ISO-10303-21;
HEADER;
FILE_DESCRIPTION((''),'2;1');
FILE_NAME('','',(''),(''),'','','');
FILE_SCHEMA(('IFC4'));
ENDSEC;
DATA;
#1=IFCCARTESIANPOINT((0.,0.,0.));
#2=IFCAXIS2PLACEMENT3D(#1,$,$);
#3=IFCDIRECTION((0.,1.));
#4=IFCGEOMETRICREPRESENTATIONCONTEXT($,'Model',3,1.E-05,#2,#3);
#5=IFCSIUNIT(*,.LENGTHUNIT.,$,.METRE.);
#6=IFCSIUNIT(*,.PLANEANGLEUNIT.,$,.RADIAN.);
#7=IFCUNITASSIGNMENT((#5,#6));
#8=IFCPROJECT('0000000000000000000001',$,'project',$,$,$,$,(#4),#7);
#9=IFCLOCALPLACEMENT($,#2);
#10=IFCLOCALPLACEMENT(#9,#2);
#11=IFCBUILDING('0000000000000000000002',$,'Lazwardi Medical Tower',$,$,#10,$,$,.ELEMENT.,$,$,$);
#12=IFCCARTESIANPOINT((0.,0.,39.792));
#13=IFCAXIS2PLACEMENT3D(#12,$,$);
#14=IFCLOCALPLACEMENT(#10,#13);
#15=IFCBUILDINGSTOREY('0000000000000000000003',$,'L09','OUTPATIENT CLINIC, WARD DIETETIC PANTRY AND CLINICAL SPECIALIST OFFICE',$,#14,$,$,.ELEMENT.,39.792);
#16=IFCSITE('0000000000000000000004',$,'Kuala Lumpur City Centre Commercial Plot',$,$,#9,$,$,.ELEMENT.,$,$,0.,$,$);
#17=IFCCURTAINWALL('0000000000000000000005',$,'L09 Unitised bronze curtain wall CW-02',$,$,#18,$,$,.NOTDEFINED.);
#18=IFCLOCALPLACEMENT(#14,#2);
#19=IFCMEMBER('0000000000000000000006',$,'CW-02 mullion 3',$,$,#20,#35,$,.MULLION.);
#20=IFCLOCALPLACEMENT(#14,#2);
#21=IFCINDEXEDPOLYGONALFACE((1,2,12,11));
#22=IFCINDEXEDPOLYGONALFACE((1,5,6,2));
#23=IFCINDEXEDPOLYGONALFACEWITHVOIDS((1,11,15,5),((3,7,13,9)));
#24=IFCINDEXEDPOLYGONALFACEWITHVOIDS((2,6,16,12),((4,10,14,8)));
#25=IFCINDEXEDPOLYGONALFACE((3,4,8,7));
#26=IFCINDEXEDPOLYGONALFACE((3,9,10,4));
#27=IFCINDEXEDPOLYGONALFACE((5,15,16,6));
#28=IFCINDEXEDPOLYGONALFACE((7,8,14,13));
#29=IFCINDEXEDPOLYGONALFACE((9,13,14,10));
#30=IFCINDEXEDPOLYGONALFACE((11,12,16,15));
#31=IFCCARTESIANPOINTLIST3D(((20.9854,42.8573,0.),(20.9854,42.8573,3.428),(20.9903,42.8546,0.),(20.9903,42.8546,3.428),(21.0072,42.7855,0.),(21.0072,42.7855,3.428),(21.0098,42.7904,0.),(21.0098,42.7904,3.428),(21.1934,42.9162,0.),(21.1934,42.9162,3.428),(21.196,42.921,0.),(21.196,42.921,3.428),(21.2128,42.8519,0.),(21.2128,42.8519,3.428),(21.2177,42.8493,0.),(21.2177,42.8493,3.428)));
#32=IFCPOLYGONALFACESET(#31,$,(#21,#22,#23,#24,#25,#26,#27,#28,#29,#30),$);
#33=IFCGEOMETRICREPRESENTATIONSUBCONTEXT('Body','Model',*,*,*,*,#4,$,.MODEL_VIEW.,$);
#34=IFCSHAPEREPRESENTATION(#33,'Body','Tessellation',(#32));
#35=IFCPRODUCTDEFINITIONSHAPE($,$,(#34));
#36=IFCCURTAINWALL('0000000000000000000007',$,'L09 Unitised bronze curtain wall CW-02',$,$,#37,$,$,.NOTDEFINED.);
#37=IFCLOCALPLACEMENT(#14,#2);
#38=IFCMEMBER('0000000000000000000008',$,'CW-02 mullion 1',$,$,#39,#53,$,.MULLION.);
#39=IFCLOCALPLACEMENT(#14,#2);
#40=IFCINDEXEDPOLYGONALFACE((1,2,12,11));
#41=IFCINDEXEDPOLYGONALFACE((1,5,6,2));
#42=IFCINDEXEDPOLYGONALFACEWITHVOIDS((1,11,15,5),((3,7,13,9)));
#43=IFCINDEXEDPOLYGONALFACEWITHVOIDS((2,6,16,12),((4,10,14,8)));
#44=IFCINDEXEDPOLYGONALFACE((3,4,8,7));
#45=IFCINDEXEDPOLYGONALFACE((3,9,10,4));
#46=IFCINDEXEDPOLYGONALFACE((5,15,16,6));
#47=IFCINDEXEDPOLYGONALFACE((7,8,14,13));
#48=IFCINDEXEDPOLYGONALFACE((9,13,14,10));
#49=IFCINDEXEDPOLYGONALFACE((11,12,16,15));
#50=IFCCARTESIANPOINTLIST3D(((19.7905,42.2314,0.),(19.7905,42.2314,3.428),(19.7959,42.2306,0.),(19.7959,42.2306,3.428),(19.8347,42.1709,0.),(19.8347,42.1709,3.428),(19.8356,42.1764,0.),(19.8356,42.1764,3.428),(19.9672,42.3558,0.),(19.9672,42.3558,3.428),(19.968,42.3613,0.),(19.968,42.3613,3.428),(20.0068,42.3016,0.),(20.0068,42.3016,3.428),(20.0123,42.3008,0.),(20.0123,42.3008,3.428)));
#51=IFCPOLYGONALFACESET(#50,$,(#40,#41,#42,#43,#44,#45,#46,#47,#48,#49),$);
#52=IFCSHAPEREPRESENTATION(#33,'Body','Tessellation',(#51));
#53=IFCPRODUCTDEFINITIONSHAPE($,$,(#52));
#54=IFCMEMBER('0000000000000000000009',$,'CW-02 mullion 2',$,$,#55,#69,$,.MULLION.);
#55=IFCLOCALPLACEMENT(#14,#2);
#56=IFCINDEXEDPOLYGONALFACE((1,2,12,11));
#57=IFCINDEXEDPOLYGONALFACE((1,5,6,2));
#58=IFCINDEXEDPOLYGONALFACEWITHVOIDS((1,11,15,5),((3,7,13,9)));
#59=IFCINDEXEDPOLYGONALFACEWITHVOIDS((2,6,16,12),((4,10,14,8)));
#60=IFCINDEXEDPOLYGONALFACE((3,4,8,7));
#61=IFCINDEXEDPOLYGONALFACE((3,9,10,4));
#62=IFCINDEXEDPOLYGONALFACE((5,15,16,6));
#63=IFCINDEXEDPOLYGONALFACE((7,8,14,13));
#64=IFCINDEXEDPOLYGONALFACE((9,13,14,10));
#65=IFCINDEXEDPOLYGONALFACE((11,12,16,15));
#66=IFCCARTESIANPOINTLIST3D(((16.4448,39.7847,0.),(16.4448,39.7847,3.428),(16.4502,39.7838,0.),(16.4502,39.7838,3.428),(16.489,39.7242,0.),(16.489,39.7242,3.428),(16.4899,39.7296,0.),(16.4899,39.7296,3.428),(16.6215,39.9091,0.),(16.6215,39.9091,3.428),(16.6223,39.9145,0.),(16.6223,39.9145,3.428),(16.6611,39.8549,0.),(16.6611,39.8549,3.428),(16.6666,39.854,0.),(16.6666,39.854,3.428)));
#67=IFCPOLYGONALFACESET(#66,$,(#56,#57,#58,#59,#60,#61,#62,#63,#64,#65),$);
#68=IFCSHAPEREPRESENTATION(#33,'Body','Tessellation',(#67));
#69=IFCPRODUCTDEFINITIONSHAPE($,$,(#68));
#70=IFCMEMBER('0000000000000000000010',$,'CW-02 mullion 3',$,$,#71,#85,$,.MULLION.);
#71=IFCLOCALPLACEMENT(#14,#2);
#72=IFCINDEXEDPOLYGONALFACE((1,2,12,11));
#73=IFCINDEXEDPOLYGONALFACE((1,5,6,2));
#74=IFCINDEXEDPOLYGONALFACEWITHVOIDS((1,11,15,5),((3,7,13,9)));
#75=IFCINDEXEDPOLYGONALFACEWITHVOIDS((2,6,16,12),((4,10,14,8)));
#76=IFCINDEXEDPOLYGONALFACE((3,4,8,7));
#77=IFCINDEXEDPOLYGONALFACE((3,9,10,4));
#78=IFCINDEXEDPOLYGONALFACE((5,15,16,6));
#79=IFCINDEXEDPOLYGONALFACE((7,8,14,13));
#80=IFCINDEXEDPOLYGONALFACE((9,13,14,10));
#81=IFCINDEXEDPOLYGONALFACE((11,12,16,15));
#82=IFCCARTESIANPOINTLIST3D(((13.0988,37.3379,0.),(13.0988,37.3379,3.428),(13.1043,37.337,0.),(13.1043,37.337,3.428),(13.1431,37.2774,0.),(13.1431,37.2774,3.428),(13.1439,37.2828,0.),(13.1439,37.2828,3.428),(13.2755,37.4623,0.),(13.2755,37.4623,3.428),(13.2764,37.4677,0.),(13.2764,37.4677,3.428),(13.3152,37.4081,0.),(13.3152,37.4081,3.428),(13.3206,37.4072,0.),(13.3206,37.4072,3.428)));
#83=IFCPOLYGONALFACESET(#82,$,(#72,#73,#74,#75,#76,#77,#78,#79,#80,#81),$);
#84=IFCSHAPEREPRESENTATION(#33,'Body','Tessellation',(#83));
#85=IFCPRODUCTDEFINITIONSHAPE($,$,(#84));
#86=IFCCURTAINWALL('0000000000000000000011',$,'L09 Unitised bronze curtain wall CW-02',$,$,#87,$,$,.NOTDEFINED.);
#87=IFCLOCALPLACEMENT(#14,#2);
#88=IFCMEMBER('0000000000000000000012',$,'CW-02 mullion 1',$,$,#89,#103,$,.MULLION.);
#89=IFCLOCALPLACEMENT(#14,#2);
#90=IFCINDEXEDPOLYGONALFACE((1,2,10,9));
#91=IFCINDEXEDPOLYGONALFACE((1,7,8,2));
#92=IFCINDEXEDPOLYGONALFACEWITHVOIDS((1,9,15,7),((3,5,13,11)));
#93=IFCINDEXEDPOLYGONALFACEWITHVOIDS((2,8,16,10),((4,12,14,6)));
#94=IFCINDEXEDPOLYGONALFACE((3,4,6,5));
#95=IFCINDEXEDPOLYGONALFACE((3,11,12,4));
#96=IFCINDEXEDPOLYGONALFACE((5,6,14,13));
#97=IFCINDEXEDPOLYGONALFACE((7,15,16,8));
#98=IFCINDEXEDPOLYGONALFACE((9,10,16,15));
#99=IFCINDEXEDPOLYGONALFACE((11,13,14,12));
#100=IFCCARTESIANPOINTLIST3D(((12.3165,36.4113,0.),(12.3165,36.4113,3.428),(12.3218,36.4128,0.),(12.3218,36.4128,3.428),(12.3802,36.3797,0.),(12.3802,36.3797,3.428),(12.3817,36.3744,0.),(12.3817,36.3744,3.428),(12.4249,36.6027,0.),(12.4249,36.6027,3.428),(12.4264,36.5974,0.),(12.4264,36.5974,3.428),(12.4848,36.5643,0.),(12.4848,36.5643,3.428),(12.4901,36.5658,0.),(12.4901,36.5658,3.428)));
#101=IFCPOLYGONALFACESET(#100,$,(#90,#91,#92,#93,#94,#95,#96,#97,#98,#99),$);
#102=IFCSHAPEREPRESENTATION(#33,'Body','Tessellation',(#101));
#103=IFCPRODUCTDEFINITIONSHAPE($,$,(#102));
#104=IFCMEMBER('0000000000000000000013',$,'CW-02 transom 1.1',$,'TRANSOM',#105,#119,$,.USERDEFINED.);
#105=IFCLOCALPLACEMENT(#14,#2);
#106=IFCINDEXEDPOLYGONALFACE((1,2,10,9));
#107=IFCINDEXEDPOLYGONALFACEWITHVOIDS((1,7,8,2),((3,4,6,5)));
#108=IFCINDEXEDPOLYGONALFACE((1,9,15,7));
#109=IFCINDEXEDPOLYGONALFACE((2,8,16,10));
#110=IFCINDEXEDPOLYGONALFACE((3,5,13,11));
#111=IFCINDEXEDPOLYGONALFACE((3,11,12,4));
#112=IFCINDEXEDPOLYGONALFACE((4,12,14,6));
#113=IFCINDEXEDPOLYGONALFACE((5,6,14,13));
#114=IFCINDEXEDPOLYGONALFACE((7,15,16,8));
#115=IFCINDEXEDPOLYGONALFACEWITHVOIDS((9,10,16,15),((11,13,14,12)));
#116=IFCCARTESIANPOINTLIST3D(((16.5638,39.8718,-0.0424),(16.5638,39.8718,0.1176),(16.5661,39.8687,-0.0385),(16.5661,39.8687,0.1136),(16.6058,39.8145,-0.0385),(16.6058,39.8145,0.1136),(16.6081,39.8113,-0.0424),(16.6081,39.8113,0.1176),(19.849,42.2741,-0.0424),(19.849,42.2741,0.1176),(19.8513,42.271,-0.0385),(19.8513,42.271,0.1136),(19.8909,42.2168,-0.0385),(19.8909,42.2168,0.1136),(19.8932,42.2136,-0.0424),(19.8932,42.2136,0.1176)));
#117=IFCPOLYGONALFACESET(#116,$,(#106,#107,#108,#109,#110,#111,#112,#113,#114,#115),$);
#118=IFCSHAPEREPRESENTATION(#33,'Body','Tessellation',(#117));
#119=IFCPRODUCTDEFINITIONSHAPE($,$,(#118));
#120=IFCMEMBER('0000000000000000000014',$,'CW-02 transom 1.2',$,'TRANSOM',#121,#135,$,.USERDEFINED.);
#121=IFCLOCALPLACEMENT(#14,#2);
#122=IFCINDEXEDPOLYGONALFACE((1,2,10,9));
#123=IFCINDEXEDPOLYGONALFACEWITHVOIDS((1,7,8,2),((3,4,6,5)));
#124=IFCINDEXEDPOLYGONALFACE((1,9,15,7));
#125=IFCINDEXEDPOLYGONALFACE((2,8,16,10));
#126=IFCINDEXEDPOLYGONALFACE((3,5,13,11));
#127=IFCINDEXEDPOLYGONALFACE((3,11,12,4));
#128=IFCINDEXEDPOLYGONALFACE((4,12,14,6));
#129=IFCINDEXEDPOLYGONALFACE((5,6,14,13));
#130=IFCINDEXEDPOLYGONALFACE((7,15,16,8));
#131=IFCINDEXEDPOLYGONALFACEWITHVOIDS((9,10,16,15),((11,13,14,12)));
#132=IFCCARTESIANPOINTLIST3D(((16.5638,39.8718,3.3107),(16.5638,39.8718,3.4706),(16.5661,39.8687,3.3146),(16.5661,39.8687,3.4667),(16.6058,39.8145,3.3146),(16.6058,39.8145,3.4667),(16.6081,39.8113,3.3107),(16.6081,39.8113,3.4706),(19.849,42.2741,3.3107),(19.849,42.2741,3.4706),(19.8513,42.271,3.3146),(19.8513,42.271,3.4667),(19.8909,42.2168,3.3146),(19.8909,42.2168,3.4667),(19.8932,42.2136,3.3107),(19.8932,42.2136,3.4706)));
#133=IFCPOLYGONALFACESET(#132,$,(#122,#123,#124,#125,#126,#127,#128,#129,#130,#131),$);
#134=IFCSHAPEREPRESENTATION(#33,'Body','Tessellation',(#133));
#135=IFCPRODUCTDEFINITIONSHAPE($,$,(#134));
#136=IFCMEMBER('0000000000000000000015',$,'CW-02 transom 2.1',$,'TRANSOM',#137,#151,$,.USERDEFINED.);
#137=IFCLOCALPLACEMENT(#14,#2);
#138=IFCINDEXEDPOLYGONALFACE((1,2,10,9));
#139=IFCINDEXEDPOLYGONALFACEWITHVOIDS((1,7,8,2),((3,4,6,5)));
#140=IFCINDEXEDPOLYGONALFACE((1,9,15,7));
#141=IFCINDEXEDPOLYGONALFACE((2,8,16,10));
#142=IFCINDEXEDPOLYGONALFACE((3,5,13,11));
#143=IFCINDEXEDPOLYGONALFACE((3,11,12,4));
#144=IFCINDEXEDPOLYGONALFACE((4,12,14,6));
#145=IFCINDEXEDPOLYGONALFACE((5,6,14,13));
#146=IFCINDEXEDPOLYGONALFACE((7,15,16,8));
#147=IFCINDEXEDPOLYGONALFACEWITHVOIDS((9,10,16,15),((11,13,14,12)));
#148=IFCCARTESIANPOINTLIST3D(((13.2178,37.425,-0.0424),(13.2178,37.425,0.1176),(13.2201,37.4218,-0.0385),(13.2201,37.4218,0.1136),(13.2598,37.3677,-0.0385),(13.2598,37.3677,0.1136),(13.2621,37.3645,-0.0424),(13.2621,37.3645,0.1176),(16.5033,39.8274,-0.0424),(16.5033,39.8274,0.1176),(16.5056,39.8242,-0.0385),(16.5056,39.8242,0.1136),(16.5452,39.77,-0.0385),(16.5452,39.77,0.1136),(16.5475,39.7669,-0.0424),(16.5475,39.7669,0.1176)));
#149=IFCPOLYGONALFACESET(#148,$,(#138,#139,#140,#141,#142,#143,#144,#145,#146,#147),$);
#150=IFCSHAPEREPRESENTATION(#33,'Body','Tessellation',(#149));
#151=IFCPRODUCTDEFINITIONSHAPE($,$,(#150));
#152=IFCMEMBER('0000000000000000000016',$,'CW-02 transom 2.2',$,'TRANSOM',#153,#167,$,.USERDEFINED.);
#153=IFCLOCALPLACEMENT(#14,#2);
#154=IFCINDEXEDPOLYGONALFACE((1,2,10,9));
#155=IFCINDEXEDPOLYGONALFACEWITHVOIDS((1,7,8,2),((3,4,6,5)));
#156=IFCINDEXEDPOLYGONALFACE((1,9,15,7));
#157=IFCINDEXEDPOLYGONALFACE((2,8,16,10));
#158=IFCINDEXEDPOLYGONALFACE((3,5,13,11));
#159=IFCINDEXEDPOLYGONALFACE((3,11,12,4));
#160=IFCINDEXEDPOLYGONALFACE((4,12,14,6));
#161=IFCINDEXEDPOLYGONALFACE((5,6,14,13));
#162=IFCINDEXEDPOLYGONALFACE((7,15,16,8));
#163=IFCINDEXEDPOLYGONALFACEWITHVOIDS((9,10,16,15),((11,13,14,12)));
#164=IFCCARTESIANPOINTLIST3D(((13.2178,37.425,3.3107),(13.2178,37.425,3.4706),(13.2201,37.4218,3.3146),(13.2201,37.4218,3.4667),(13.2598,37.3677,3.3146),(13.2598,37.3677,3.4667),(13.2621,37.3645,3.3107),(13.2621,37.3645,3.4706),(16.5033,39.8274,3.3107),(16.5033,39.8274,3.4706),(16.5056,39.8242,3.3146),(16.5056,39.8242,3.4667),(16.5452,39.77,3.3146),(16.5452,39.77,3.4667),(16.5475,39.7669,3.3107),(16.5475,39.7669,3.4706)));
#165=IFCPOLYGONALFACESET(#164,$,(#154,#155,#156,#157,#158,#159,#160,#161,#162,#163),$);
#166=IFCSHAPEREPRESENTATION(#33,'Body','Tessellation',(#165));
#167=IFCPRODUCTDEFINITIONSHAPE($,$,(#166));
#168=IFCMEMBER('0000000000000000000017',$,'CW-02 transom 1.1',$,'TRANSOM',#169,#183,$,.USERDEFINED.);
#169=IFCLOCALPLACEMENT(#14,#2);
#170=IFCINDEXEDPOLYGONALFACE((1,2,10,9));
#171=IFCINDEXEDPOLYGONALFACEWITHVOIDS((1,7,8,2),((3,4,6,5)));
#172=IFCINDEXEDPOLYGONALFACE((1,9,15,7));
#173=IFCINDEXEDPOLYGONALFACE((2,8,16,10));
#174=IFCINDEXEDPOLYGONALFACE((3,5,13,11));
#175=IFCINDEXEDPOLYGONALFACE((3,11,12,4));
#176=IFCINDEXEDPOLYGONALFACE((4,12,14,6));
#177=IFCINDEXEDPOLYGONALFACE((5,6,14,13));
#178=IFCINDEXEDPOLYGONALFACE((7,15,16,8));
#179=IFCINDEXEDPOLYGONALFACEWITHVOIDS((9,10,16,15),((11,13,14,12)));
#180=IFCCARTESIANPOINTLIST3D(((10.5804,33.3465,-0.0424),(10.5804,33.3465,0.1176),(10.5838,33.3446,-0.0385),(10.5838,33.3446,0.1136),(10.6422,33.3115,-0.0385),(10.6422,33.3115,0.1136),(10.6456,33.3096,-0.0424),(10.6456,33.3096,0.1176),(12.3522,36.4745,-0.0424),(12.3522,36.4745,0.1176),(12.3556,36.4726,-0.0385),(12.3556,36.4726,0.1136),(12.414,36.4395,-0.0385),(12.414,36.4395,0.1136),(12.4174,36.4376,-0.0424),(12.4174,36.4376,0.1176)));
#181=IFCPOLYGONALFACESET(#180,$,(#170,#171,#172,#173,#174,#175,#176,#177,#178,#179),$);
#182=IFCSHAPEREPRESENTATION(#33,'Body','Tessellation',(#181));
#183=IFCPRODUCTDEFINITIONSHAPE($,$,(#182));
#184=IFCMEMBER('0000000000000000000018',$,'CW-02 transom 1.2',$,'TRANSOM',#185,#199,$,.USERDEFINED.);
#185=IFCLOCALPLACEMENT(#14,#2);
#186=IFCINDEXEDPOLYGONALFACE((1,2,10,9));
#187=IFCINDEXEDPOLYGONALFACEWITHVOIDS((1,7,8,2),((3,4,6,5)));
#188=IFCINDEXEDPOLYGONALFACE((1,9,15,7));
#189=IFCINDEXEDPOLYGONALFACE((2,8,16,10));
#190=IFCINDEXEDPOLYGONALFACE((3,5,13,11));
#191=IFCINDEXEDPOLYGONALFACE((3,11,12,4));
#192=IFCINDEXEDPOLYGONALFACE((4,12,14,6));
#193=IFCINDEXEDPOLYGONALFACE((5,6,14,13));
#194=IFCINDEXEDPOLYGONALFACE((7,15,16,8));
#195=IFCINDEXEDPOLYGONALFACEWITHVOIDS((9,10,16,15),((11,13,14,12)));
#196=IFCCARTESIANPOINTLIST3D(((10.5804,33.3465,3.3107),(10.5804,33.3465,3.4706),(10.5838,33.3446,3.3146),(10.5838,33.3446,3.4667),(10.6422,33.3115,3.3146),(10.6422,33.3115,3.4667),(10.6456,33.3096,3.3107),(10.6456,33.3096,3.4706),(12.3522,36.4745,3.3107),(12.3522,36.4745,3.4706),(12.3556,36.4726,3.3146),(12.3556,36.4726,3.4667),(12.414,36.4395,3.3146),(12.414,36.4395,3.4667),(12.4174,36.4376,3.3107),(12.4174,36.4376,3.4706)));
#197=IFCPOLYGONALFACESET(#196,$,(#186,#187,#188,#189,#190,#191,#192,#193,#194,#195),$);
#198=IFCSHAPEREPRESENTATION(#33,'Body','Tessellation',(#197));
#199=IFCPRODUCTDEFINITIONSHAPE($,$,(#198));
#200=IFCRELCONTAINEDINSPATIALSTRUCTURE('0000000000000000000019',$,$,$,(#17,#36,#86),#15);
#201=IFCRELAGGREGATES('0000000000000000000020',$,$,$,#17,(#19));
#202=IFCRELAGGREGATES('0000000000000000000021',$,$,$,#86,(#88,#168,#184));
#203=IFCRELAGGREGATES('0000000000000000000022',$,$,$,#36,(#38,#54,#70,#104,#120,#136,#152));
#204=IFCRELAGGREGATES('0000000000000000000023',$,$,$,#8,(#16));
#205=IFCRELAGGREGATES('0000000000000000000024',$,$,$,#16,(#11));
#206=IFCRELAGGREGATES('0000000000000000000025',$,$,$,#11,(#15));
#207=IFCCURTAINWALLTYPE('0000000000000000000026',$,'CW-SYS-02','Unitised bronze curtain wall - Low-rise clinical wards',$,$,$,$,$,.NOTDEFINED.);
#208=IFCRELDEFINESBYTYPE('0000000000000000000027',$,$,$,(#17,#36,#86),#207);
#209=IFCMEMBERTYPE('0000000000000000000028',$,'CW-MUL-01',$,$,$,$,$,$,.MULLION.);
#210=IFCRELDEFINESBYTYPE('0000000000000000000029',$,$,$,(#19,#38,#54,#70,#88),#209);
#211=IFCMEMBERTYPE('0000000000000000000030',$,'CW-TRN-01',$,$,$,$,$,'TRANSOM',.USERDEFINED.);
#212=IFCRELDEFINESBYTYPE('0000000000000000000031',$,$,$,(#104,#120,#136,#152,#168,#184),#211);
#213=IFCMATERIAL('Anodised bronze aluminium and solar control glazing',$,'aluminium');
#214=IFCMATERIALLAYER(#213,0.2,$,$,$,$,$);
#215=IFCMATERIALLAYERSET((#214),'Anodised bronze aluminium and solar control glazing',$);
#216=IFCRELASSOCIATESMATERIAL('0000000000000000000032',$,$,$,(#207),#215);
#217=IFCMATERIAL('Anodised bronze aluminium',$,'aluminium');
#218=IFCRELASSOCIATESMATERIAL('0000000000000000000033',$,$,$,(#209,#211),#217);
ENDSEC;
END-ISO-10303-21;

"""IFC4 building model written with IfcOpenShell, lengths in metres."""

from ifc_helpers import new_model, si_unit, direction, frame, origin, origin_2d, place, context, subcontext, project, spatial, hollow_rectangle, extrude, material, layer, layer_set, material_profile, profile_set, type_object, element, aggregate, save


model = new_model("IFC4")

# Units and contexts
model_context = context("Model", 3, precision=1e-05, world=origin(), true_north=direction((0.0, 1.0)))
body_context = subcontext(model_context, "Body", "Model", "MODEL_VIEW")
ifc_project = project(units=[si_unit("LENGTHUNIT", "METRE"), si_unit("PLANEANGLEUNIT", "RADIAN")], contexts=[model_context])

# Site, building, storey
site_placement = place(None, origin())
site = spatial("IfcSite", under=ifc_project, at=site_placement, Name="Kuala Lumpur City Centre Commercial Plot", CompositionType="ELEMENT", RefElevation=0.0)
building_placement = place(site_placement, origin())
building = spatial("IfcBuilding", under=site, at=building_placement, Name="Lazwardi Medical Tower", CompositionType="ELEMENT")
storey_placement = place(building_placement, frame((0.0, 0.0, 39.792)))
storey = spatial("IfcBuildingStorey", under=building, at=storey_placement, Name="L09", Description="OUTPATIENT CLINIC, WARD DIETETIC PANTRY AND CLINICAL SPECIALIST OFFICE", CompositionType="ELEMENT", Elevation=39.792)

# Curtain wall, member
ifc_material_1 = material(Name="Anodised bronze aluminium and solar control glazing", Category="aluminium")
ifc_layer_1 = layer(ifc_material_1, 0.2)
ifc_layer_set_1 = layer_set([ifc_layer_1], Name="Anodised bronze aluminium and solar control glazing")
curtain_wall_type = type_object("IfcCurtainWallType", Name="CW-SYS-02", Description="Unitised bronze curtain wall - Low-rise clinical wards", PredefinedType="NOTDEFINED", material=ifc_layer_set_1)
curtain_wall_1_placement = place(storey_placement, origin())
curtain_wall_1 = element("IfcCurtainWall", 1, at=curtain_wall_1_placement, inside=storey, type_object=curtain_wall_type, Name="L09 Unitised bronze curtain wall CW-02", PredefinedType="NOTDEFINED")
ifc_material_2 = material(Name="Anodised bronze aluminium", Category="aluminium")
ifc_material_profile_1 = material_profile(ifc_material_2, hollow_rectangle(XDim=0.075, YDim=0.22, WallThickness=0.0039, at=origin_2d()), Name="ALU-MULLION 220x75x4")
ifc_profile_set_1 = profile_set([ifc_material_profile_1], Name="Anodised bronze aluminium")
member_type_1 = type_object("IfcMemberType", Name="CW-MUL-01", PredefinedType="MULLION", material=ifc_profile_set_1)
member_1_placement = place(storey_placement, frame((21.1016, 42.8533, 0.0), z_axis=(0.0, 0.0, 1.0), x_axis=(0.289896, -0.957058, 0.0)))
member_1 = element("IfcMember", 2, at=member_1_placement, type_object=member_type_1, Name="CW-02 mullion 3", PredefinedType="MULLION", context=body_context, shape_type="SweptSolid", body=[
    extrude(hollow_rectangle(XDim=0.075, YDim=0.22, WallThickness=0.0039, at=origin_2d()), origin(), (0.0, 0.0, 1.0), 3.428),
])
aggregate(curtain_wall_1, [member_1])

# Curtain wall, members
curtain_wall_2_placement = place(storey_placement, origin())
curtain_wall_2 = element("IfcCurtainWall", 3, at=curtain_wall_2_placement, inside=storey, type_object=curtain_wall_type, Name="L09 Unitised bronze curtain wall CW-02", PredefinedType="NOTDEFINED")
member_2_placement = place(storey_placement, frame((19.9014, 42.2661, 0.0), z_axis=(0.0, 0.0, 1.0), x_axis=(0.590289, -0.807192, 0.0)))
member_2 = element("IfcMember", 4, at=member_2_placement, type_object=member_type_1, Name="CW-02 mullion 1", PredefinedType="MULLION", context=body_context, shape_type="SweptSolid", body=[
    extrude(hollow_rectangle(XDim=0.075, YDim=0.22, WallThickness=0.0039, at=origin_2d()), origin(), (0.0, 0.0, 1.0), 3.428),
])
member_3_placement = place(storey_placement, frame((16.5557, 39.8193, 0.0), z_axis=(0.0, 0.0, 1.0), x_axis=(0.590289, -0.807192, 0.0)))
member_3 = element("IfcMember", 5, at=member_3_placement, type_object=member_type_1, Name="CW-02 mullion 2", PredefinedType="MULLION", context=body_context, shape_type="SweptSolid", body=[
    extrude(hollow_rectangle(XDim=0.075, YDim=0.22, WallThickness=0.0039, at=origin_2d()), origin(), (0.0, 0.0, 1.0), 3.428),
])
member_4_placement = place(storey_placement, frame((13.2097, 37.3726, 0.0), z_axis=(0.0, 0.0, 1.0), x_axis=(0.590289, -0.807192, 0.0)))
member_4 = element("IfcMember", 6, at=member_4_placement, type_object=member_type_1, Name="CW-02 mullion 3", PredefinedType="MULLION", context=body_context, shape_type="SweptSolid", body=[
    extrude(hollow_rectangle(XDim=0.075, YDim=0.22, WallThickness=0.0039, at=origin_2d()), origin(), (0.0, 0.0, 1.0), 3.428),
])

# Curtain wall, member
curtain_wall_3_placement = place(storey_placement, origin())
curtain_wall_3 = element("IfcCurtainWall", 7, at=curtain_wall_3_placement, inside=storey, type_object=curtain_wall_type, Name="L09 Unitised bronze curtain wall CW-02", PredefinedType="NOTDEFINED")
member_5_placement = place(storey_placement, frame((12.4033, 36.4885, 0.0), z_axis=(0.0, 0.0, 1.0), x_axis=(0.870112, -0.492854, 0.0)))
member_5 = element("IfcMember", 8, at=member_5_placement, type_object=member_type_1, Name="CW-02 mullion 1", PredefinedType="MULLION", context=body_context, shape_type="SweptSolid", body=[
    extrude(hollow_rectangle(XDim=0.075, YDim=0.22, WallThickness=0.0039, at=origin_2d()), origin(), (0.0, 0.0, 1.0), 3.428),
])

# Members
ifc_material_profile_2 = material_profile(ifc_material_2, hollow_rectangle(XDim=0.075, YDim=0.1599, WallThickness=0.0039, at=origin_2d()), Name="ALU-TRANSOM 160x75x4")
ifc_profile_set_2 = profile_set([ifc_material_profile_2], Name="Anodised bronze aluminium")
member_type_2 = type_object("IfcMemberType", Name="CW-TRN-01", ElementType="TRANSOM", PredefinedType="USERDEFINED", material=ifc_profile_set_2)
member_6_placement = place(storey_placement, frame((19.8711, 42.2439, 0.0376), z_axis=(-0.807198, -0.590281, 0.0), x_axis=(0.590281, -0.807198, 0.0)))
member_6 = element("IfcMember", 9, at=member_6_placement, type_object=member_type_2, Name="CW-02 transom 1.1", ObjectType="TRANSOM", PredefinedType="USERDEFINED", context=body_context, shape_type="SweptSolid", body=[
    extrude(hollow_rectangle(XDim=0.075, YDim=0.1599, WallThickness=0.0039, at=origin_2d()), origin(), (0.0, 0.0, 1.0), 4.0698),
])
member_7_placement = place(storey_placement, frame((19.8711, 42.2439, 3.3906), z_axis=(-0.807198, -0.590281, 0.0), x_axis=(0.590281, -0.807198, 0.0)))
member_7 = element("IfcMember", 10, at=member_7_placement, type_object=member_type_2, Name="CW-02 transom 1.2", ObjectType="TRANSOM", PredefinedType="USERDEFINED", context=body_context, shape_type="SweptSolid", body=[
    extrude(hollow_rectangle(XDim=0.075, YDim=0.1599, WallThickness=0.0039, at=origin_2d()), origin(), (0.0, 0.0, 1.0), 4.0698),
])
member_8_placement = place(storey_placement, frame((16.5254, 39.7971, 0.0376), z_axis=(-0.807219, -0.590253, 0.0), x_axis=(0.590253, -0.807219, 0.0)))
member_8 = element("IfcMember", 11, at=member_8_placement, type_object=member_type_2, Name="CW-02 transom 2.1", ObjectType="TRANSOM", PredefinedType="USERDEFINED", context=body_context, shape_type="SweptSolid", body=[
    extrude(hollow_rectangle(XDim=0.075, YDim=0.1599, WallThickness=0.0039, at=origin_2d()), origin(), (0.0, 0.0, 1.0), 4.0701),
])
member_9_placement = place(storey_placement, frame((16.5254, 39.7971, 3.3906), z_axis=(-0.807219, -0.590253, 0.0), x_axis=(0.590253, -0.807219, 0.0)))
member_9 = element("IfcMember", 12, at=member_9_placement, type_object=member_type_2, Name="CW-02 transom 2.2", ObjectType="TRANSOM", PredefinedType="USERDEFINED", context=body_context, shape_type="SweptSolid", body=[
    extrude(hollow_rectangle(XDim=0.075, YDim=0.1599, WallThickness=0.0039, at=origin_2d()), origin(), (0.0, 0.0, 1.0), 4.0701),
])
member_10_placement = place(storey_placement, frame((12.3848, 36.4561, 0.0376), z_axis=(-0.492851, -0.870113, 0.0), x_axis=(0.870113, -0.492851, 0.0)))
member_10 = element("IfcMember", 13, at=member_10_placement, type_object=member_type_2, Name="CW-02 transom 1.1", ObjectType="TRANSOM", PredefinedType="USERDEFINED", context=body_context, shape_type="SweptSolid", body=[
    extrude(hollow_rectangle(XDim=0.075, YDim=0.1599, WallThickness=0.0039, at=origin_2d()), origin(), (0.0, 0.0, 1.0), 3.595),
])
member_11_placement = place(storey_placement, frame((12.3848, 36.4561, 3.3906), z_axis=(-0.492851, -0.870113, 0.0), x_axis=(0.870113, -0.492851, 0.0)))
member_11 = element("IfcMember", 14, at=member_11_placement, type_object=member_type_2, Name="CW-02 transom 1.2", ObjectType="TRANSOM", PredefinedType="USERDEFINED", context=body_context, shape_type="SweptSolid", body=[
    extrude(hollow_rectangle(XDim=0.075, YDim=0.1599, WallThickness=0.0039, at=origin_2d()), origin(), (0.0, 0.0, 1.0), 3.595),
])
aggregate(curtain_wall_3, [member_5, member_10, member_11])

aggregate(curtain_wall_2, [member_2, member_3, member_4, member_6, member_7, member_8, member_9])

save(model, "model.ifc")
